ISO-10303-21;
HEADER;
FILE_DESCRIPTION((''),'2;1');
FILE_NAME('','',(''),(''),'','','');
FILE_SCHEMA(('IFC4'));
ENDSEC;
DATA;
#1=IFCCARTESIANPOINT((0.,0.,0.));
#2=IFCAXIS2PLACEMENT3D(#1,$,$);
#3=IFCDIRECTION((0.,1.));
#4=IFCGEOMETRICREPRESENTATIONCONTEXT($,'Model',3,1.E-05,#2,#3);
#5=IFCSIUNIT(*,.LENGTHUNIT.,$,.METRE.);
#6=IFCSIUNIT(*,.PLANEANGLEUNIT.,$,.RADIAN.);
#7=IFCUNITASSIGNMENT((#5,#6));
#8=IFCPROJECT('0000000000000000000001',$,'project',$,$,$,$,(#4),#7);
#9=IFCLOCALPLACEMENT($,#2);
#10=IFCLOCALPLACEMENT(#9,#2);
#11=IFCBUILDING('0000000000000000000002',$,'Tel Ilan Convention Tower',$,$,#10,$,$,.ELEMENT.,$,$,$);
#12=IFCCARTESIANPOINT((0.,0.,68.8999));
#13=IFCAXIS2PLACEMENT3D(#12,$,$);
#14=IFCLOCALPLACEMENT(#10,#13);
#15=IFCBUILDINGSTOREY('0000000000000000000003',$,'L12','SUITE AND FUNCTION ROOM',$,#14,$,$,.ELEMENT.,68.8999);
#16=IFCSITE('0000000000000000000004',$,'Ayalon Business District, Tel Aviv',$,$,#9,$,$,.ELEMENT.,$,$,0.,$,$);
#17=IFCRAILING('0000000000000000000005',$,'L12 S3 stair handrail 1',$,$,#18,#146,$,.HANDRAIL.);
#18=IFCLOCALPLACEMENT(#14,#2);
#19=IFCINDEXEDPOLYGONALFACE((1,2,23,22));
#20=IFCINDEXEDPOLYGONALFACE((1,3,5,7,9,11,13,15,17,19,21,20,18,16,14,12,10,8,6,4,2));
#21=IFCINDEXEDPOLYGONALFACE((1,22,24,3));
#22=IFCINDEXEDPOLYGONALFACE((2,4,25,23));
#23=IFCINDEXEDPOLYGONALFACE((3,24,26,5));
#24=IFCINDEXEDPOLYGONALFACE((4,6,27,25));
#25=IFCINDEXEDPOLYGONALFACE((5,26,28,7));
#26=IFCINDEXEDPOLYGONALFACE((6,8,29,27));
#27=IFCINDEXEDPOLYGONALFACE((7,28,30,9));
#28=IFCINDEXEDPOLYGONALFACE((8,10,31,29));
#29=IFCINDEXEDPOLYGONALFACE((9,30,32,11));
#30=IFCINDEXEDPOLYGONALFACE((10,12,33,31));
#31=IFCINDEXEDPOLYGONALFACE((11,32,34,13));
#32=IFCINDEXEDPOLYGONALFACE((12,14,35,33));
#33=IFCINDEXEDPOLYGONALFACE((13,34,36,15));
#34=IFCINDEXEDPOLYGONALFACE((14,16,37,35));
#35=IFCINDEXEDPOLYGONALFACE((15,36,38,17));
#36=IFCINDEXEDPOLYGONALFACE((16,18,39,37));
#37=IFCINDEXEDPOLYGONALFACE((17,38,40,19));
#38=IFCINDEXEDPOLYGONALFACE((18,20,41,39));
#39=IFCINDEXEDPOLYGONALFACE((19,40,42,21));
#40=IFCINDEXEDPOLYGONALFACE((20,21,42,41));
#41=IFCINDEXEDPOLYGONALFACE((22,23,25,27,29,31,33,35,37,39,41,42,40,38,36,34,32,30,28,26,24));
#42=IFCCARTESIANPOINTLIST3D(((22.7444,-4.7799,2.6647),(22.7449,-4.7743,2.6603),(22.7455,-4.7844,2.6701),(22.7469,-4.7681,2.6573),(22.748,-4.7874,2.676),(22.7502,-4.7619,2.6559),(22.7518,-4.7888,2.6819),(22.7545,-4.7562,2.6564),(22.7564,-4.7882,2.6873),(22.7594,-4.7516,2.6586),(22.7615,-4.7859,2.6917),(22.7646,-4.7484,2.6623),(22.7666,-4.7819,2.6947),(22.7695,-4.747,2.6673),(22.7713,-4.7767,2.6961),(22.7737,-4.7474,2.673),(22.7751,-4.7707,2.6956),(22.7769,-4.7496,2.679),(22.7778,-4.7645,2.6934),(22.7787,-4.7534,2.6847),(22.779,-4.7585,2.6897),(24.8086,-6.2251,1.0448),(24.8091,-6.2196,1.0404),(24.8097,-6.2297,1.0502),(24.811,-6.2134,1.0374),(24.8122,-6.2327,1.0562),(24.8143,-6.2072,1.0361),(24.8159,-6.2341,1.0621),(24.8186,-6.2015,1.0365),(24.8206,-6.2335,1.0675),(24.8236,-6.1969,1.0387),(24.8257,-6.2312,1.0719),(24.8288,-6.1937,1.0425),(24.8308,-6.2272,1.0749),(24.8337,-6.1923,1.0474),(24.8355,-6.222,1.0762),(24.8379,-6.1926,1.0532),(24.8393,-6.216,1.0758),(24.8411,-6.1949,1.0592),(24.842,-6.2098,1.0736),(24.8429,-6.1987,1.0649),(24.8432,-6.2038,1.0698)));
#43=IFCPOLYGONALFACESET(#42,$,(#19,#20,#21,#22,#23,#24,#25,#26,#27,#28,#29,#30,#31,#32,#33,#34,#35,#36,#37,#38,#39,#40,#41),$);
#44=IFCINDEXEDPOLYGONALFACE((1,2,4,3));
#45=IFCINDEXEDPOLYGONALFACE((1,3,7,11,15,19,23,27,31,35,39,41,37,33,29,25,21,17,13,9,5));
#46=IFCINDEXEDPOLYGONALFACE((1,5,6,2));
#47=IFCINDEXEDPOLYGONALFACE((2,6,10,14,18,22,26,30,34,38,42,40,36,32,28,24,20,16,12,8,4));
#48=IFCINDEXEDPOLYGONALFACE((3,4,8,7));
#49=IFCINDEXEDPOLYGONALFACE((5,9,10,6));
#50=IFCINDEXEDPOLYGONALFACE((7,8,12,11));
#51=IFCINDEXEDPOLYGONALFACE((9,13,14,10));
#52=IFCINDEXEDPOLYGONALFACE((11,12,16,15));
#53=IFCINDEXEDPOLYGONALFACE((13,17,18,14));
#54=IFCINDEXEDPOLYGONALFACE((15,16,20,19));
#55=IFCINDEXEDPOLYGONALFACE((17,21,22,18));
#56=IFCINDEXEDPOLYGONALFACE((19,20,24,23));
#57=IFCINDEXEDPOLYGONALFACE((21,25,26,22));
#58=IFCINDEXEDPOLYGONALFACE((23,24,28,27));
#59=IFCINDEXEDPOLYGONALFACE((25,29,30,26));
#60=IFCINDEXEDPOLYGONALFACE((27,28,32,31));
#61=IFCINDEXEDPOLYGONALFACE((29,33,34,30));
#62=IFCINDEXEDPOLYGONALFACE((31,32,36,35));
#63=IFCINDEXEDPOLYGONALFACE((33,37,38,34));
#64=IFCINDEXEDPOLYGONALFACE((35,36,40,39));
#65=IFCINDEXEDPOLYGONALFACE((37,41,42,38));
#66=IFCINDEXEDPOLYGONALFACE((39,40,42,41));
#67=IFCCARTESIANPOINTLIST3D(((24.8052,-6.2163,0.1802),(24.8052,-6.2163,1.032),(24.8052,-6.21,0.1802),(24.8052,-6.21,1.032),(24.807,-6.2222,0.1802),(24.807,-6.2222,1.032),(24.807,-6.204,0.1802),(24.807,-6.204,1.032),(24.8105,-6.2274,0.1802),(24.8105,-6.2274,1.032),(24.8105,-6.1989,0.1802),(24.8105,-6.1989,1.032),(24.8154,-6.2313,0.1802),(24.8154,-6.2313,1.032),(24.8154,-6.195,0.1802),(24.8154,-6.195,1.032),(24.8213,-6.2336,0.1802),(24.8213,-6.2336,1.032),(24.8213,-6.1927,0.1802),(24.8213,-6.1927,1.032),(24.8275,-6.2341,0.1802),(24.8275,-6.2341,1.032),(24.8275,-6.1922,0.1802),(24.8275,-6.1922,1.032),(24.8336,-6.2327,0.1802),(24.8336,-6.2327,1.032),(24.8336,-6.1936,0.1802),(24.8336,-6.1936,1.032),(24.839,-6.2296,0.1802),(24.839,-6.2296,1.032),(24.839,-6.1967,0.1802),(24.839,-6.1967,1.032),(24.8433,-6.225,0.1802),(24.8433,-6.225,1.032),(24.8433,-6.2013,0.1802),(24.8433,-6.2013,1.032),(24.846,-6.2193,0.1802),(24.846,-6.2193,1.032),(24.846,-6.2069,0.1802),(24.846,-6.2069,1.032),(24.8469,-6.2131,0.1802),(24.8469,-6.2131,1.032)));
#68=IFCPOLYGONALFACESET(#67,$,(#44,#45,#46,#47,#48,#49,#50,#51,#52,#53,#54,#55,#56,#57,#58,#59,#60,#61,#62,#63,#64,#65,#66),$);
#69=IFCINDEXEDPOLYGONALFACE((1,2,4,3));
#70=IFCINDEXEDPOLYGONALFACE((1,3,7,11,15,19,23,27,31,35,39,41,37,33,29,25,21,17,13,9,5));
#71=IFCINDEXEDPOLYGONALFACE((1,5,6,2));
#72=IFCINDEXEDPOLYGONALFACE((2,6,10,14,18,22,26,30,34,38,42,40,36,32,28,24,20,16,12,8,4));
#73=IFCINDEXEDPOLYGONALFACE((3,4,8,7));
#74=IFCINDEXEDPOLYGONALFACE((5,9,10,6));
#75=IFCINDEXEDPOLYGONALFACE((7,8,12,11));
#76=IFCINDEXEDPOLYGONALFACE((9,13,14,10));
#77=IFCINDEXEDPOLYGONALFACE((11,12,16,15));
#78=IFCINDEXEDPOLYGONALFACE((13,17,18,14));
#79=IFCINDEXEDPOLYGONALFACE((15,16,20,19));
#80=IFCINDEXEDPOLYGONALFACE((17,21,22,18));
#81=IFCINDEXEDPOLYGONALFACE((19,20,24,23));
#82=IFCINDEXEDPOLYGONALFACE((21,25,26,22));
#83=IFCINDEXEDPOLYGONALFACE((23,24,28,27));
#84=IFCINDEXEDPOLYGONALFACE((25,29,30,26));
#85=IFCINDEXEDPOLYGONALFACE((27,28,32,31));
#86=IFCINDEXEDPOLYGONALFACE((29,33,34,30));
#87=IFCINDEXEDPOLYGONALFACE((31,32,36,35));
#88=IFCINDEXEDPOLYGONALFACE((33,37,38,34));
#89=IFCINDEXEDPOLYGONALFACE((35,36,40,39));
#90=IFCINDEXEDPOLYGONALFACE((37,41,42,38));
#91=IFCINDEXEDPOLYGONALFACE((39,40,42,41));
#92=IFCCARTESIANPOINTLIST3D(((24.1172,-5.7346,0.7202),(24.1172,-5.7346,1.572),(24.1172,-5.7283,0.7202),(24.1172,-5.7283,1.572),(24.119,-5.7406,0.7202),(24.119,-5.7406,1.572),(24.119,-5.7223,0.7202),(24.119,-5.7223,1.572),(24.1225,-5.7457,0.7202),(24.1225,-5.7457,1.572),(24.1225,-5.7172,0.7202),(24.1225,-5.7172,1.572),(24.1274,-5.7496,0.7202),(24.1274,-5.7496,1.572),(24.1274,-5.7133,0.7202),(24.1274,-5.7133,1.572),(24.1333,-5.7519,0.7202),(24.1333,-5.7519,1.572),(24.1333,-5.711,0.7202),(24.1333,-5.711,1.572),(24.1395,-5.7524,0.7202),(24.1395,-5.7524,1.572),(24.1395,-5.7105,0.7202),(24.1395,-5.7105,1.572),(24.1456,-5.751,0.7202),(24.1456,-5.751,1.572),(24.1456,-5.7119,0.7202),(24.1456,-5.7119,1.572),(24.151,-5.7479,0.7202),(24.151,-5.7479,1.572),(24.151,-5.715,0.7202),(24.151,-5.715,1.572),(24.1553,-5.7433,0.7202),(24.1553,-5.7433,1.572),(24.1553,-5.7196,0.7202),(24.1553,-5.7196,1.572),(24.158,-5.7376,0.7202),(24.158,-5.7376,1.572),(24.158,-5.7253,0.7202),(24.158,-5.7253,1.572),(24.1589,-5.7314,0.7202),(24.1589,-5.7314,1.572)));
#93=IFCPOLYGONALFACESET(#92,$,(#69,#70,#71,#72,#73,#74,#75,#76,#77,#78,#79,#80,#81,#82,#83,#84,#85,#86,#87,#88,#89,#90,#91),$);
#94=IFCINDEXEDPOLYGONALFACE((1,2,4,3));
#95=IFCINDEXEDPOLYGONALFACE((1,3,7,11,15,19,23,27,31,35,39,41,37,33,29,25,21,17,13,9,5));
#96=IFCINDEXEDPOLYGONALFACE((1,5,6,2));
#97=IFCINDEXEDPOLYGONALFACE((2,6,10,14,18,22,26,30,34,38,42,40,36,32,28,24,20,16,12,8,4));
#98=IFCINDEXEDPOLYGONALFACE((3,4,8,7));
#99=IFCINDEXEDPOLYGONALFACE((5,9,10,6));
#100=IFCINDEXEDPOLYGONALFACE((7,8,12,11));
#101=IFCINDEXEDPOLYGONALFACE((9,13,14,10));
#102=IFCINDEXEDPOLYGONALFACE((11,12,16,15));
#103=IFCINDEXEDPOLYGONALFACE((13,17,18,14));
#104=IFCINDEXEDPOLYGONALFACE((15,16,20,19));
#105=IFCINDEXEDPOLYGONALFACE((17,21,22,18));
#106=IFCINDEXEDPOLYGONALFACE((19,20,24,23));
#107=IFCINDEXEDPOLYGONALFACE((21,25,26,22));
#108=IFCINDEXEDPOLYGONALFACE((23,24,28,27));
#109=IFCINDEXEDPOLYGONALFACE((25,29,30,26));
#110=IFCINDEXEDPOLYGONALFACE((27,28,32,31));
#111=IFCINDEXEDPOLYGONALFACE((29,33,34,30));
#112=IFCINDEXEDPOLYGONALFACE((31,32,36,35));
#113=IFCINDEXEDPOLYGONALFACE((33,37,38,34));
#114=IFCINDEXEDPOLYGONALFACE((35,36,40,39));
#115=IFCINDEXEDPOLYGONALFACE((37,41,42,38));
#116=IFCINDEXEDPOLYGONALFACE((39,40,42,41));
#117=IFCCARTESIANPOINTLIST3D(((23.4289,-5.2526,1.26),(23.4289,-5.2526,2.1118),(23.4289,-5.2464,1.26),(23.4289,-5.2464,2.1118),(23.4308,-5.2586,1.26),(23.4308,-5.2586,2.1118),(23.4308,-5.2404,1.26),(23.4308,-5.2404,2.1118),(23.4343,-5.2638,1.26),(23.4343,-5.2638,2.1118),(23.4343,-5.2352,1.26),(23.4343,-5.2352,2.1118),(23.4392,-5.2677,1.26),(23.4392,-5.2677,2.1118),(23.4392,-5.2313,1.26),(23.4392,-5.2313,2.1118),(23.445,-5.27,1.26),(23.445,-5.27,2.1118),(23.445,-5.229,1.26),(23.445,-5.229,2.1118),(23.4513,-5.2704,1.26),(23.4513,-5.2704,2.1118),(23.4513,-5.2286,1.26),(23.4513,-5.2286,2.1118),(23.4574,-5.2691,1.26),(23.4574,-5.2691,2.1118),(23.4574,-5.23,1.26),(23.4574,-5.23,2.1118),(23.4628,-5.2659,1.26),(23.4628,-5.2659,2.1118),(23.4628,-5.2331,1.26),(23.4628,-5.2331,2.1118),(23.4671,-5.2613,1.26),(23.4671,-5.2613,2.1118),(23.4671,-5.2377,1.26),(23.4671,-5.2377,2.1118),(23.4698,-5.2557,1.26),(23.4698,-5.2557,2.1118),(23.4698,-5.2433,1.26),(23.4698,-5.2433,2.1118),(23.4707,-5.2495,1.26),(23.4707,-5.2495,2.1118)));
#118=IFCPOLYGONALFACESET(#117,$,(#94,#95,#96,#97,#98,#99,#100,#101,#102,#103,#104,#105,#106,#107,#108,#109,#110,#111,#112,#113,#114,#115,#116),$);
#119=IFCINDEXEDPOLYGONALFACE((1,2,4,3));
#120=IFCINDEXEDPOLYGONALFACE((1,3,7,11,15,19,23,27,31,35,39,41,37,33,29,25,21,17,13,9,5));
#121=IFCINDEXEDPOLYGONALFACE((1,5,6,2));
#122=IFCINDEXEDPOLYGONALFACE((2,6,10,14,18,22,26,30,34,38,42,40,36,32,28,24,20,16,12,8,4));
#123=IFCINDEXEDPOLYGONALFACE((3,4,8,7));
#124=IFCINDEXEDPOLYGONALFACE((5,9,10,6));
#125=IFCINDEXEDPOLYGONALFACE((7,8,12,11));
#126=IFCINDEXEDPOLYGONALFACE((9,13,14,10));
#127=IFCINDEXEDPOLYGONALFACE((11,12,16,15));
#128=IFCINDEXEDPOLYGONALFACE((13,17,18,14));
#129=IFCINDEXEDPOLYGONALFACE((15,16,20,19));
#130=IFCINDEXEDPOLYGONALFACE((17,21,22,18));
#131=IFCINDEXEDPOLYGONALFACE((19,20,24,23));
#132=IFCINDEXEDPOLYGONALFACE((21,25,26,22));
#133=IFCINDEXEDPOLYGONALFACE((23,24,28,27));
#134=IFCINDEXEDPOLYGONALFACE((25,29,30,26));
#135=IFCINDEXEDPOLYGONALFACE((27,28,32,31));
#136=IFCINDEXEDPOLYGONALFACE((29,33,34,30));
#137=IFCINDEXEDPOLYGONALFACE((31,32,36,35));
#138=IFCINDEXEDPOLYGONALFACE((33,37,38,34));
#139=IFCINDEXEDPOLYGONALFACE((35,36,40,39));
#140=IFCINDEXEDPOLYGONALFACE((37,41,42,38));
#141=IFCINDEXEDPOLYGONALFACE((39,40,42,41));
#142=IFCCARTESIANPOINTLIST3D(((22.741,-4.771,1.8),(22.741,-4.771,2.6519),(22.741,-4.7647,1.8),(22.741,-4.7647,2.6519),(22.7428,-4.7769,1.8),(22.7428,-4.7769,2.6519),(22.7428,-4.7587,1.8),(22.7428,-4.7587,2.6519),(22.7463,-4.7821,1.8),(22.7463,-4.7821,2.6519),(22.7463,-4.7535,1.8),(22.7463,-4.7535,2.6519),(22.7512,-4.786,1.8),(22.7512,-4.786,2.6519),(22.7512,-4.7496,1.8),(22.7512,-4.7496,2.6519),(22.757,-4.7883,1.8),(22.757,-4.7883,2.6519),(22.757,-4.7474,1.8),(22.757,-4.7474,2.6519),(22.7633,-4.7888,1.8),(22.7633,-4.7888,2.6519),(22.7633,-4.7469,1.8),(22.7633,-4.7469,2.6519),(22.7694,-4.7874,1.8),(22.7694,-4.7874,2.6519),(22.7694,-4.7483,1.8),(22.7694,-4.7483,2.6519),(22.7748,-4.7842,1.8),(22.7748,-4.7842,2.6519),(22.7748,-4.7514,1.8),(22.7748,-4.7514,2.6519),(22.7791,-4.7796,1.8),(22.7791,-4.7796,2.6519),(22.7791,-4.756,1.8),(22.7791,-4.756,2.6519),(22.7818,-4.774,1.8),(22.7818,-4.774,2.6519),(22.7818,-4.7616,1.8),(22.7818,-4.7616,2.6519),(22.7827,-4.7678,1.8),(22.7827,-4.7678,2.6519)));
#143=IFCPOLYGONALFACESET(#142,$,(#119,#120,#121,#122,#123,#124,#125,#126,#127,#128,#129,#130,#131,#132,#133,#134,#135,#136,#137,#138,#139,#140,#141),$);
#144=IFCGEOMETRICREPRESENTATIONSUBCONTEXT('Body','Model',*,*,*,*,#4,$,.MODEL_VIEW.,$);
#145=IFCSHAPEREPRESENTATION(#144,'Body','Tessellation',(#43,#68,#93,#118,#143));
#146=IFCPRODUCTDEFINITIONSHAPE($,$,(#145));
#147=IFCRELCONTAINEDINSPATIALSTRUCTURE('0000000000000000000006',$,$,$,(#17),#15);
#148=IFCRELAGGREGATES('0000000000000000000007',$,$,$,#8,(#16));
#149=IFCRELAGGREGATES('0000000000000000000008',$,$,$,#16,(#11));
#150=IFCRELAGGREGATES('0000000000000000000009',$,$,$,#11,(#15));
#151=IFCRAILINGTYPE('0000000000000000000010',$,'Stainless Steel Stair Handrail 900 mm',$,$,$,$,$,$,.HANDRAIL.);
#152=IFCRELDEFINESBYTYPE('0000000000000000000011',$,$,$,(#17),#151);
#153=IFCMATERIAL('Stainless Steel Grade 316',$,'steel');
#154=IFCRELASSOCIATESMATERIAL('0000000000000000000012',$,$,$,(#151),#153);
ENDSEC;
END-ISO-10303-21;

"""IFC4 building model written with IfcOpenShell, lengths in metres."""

from ifc_helpers import new_model, si_unit, direction, frame, origin, origin_2d, place, context, subcontext, project, spatial, circle, extrude, material, type_object, element, save


model = new_model("IFC4")

# Units and contexts
model_context = context("Model", 3, precision=1e-05, world=origin(), true_north=direction((0.0, 1.0)))
body_context = subcontext(model_context, "Body", "Model", "MODEL_VIEW")
ifc_project = project(units=[si_unit("LENGTHUNIT", "METRE"), si_unit("PLANEANGLEUNIT", "RADIAN")], contexts=[model_context])

# Site, building, storey
site_placement = place(None, origin())
site = spatial("IfcSite", under=ifc_project, at=site_placement, Name="Ayalon Business District, Tel Aviv", CompositionType="ELEMENT", RefElevation=0.0)
building_placement = place(site_placement, origin())
building = spatial("IfcBuilding", under=site, at=building_placement, Name="Tel Ilan Convention Tower", CompositionType="ELEMENT")
storey_placement = place(building_placement, frame((0.0, 0.0, 68.8999)))
storey = spatial("IfcBuildingStorey", under=building, at=storey_placement, Name="L12", Description="SUITE AND FUNCTION ROOM", CompositionType="ELEMENT", Elevation=68.8999)

# Railing
ifc_material_1 = material(Name="Stainless Steel Grade 316", Category="steel")
railing_type = type_object("IfcRailingType", Name="Stainless Steel Stair Handrail 900 mm", PredefinedType="HANDRAIL", material=ifc_material_1)
railing_placement = place(storey_placement, frame((24.8259, -6.2131, 0.1802)))
element("IfcRailing", 1, at=railing_placement, inside=storey, type_object=railing_type, Name="L12 S3 stair handrail 1", PredefinedType="HANDRAIL", context=body_context, shape_type="SweptSolid", body=[
    extrude(circle(Radius=0.0239, at=origin_2d()), frame((0.0, 0.0, 0.876), z_axis=(-0.68907, 0.482472, 0.540743), x_axis=(-0.57356, -0.819164, 0.0)), (0.0, 0.0, 1.0), 2.9956),
    extrude(circle(Radius=0.021, at=origin_2d()), origin(), (0.0, 0.0, 1.0), 0.8518),
    extrude(circle(Radius=0.021, at=origin_2d()), frame((-0.688, 0.4817, 0.54)), (0.0, 0.0, 1.0), 0.8518),
    extrude(circle(Radius=0.021, at=origin_2d()), frame((-1.3762, 0.9636, 1.0798)), (0.0, 0.0, 1.0), 0.8518),
    extrude(circle(Radius=0.021, at=origin_2d()), frame((-2.0642, 1.4453, 1.6199)), (0.0, 0.0, 1.0), 0.8518),
])

save(model, "model.ifc")
